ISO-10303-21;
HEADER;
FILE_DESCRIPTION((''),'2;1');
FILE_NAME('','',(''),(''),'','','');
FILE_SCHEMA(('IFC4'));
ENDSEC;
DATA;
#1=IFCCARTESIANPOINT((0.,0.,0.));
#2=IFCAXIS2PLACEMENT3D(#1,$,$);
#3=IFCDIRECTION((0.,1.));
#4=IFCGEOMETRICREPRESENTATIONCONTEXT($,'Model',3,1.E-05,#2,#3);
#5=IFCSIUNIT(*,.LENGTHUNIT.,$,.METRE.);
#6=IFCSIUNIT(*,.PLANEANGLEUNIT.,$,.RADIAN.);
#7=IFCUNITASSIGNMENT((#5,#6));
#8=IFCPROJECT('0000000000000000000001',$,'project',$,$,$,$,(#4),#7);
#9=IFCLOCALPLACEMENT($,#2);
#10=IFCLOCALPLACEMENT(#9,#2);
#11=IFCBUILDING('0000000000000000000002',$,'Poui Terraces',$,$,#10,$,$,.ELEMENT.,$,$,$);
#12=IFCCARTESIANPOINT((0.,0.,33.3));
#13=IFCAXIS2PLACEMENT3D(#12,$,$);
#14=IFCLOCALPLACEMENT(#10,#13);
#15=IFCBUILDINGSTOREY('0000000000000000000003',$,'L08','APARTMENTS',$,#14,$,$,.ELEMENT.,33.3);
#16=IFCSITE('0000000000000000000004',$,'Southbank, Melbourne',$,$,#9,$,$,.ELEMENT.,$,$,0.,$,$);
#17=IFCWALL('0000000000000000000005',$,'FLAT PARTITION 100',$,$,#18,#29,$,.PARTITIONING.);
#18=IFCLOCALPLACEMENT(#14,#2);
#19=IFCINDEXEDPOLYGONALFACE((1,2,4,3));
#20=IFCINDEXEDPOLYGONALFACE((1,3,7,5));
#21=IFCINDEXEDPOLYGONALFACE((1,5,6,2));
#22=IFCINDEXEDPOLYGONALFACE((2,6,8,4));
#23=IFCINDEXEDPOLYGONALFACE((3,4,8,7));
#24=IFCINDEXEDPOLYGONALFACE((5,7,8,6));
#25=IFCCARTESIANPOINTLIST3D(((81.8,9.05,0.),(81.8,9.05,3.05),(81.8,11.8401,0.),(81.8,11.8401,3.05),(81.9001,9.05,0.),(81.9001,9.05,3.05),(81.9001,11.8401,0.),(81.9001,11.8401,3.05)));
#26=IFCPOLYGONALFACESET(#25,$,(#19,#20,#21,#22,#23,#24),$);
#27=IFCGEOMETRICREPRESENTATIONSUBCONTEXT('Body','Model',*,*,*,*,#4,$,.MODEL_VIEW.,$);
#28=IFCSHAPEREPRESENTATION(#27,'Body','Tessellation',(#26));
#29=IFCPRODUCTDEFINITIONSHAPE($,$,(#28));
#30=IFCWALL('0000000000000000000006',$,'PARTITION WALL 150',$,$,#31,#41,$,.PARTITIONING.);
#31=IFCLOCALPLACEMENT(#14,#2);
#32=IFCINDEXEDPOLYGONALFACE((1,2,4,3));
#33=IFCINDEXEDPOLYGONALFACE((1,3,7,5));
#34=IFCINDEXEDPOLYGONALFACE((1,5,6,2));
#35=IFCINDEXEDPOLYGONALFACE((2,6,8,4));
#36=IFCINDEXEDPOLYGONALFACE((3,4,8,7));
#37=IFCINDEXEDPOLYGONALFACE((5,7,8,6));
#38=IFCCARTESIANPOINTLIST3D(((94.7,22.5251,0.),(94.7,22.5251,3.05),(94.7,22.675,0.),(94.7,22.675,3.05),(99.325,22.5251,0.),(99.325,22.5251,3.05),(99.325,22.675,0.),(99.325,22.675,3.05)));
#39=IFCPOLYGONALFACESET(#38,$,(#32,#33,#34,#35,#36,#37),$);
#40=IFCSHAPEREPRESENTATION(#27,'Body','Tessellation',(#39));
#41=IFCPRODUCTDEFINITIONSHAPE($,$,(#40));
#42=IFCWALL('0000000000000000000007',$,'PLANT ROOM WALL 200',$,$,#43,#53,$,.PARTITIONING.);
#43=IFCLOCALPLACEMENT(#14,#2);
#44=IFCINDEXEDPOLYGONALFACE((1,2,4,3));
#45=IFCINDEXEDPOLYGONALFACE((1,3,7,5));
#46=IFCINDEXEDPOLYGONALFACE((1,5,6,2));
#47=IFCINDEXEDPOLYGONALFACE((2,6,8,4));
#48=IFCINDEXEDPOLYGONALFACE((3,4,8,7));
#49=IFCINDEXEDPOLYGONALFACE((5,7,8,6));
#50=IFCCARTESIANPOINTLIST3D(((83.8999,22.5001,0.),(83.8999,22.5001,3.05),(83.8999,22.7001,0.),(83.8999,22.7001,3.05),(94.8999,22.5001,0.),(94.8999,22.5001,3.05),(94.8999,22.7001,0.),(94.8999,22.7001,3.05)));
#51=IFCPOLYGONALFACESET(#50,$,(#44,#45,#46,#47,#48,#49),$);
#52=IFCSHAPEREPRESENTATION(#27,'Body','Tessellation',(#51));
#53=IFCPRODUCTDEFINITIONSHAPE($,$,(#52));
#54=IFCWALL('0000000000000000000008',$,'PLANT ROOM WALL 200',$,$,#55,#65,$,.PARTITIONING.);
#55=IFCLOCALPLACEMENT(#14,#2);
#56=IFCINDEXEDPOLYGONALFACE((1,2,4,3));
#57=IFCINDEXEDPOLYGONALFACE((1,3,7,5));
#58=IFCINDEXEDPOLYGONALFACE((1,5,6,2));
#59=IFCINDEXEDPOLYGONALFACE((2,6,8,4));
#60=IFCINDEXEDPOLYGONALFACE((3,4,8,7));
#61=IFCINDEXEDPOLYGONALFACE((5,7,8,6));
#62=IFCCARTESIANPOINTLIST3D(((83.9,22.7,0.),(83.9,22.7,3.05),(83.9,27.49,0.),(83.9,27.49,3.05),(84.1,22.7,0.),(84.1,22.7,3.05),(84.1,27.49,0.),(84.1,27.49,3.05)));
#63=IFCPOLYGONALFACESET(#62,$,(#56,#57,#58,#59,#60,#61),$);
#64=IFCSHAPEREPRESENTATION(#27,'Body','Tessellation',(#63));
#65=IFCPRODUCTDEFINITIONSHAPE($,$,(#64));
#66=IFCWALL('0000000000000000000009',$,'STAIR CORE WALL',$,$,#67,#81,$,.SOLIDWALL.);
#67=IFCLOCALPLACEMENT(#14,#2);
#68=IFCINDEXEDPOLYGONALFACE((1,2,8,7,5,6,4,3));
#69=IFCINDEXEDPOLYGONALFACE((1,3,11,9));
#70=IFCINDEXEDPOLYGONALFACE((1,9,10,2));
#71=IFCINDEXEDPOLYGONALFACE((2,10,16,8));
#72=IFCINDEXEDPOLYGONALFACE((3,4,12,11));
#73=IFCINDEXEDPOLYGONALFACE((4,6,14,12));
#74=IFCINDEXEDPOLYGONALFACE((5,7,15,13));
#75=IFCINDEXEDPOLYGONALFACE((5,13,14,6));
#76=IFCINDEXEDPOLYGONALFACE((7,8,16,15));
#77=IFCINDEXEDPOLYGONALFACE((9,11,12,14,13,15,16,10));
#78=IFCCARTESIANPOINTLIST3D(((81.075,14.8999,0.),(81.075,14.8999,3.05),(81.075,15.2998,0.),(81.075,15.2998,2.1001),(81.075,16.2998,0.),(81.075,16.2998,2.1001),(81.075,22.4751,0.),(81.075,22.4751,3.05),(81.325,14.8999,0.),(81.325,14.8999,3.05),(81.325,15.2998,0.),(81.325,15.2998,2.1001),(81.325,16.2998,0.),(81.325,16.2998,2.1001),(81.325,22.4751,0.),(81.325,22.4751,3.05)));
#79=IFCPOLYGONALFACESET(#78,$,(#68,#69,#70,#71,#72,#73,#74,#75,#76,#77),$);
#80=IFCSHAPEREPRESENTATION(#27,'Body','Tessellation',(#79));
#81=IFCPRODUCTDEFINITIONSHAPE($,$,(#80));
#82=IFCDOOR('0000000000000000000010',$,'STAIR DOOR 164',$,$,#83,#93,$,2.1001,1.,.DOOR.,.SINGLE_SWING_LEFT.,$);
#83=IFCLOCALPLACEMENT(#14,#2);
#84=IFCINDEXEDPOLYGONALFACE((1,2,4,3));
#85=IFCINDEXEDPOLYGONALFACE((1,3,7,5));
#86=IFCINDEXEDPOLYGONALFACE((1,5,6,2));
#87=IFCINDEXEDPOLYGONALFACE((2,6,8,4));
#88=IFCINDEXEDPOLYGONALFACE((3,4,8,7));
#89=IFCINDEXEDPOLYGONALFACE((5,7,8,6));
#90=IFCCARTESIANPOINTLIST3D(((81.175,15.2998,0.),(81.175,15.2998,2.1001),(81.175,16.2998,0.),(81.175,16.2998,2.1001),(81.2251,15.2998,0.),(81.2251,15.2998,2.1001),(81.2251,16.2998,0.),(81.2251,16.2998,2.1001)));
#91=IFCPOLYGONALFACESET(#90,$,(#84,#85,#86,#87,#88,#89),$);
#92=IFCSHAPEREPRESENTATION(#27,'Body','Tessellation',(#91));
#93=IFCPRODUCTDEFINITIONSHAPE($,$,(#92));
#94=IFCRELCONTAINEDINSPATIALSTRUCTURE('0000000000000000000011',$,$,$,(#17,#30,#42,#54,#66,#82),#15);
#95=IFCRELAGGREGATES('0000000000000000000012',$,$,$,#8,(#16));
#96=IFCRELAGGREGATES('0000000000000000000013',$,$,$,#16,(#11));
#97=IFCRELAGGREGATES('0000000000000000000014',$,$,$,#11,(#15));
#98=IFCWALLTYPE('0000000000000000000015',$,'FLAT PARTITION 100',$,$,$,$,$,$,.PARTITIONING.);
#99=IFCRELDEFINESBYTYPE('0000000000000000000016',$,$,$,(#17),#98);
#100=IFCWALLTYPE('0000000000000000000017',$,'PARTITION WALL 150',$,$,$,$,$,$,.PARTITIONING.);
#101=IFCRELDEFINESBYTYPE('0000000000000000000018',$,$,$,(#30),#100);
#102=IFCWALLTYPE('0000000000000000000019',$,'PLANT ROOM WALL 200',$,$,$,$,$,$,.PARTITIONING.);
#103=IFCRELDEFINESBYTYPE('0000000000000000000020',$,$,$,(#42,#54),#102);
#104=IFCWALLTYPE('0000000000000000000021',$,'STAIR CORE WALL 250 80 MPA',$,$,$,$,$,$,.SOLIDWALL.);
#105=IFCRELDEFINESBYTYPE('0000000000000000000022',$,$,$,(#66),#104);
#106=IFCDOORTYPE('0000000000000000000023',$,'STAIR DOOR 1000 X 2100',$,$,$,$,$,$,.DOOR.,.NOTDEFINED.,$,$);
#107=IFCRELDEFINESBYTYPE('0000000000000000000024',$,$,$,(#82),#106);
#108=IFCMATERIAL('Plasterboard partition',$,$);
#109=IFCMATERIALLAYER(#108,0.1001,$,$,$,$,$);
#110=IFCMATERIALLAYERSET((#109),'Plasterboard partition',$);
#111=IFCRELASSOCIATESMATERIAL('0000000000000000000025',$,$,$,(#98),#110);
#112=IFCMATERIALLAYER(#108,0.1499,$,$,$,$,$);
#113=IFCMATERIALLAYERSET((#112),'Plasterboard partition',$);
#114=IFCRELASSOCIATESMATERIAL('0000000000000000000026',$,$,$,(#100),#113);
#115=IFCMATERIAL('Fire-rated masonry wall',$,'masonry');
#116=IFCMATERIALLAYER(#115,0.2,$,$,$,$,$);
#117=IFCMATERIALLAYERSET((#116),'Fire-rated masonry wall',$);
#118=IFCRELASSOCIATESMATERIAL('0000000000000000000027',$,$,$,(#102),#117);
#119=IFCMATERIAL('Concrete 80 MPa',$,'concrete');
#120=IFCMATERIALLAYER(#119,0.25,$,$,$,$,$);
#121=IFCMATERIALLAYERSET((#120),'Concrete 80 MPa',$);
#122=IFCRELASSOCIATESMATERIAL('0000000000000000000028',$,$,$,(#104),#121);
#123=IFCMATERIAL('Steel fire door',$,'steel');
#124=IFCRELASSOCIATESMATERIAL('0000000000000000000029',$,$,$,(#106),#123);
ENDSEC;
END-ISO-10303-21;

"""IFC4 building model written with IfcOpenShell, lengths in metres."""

from ifc_helpers import new_model, si_unit, direction, frame, frame_2d, origin, place, context, subcontext, project, spatial, rectangle, extrude, material, layer, layer_set, type_object, element, fill, save


model = new_model("IFC4")

# Units and contexts
model_context = context("Model", 3, precision=1e-05, world=origin(), true_north=direction((0.0, 1.0)))
body_context = subcontext(model_context, "Body", "Model", "MODEL_VIEW")
ifc_project = project(units=[si_unit("LENGTHUNIT", "METRE"), si_unit("PLANEANGLEUNIT", "RADIAN")], contexts=[model_context])

# Site, building, storey
site_placement = place(None, origin())
site = spatial("IfcSite", under=ifc_project, at=site_placement, Name="Southbank, Melbourne", CompositionType="ELEMENT", RefElevation=0.0)
building_placement = place(site_placement, origin())
building = spatial("IfcBuilding", under=site, at=building_placement, Name="Poui Terraces", CompositionType="ELEMENT")
storey_placement = place(building_placement, frame((0.0, 0.0, 33.3)))
storey = spatial("IfcBuildingStorey", under=building, at=storey_placement, Name="L08", Description="APARTMENTS", CompositionType="ELEMENT", Elevation=33.3)

# Shared definitions
ifc_material_1 = material(Name="Concrete 80 MPa", Category="concrete")

# Shared definitions
ifc_material_2 = material(Name="Steel fire door", Category="steel")
ifc_material_3 = material(Name="Plasterboard partition")
ifc_layer_1 = layer(ifc_material_3, 0.1001)
ifc_layer_set_1 = layer_set([ifc_layer_1], Name="Plasterboard partition")
wall_type_1 = type_object("IfcWallType", Name="FLAT PARTITION 100", PredefinedType="PARTITIONING", material=ifc_layer_set_1)

# Walls
wall_1_placement = place(storey_placement, frame((81.8501, 9.05, 0.0), z_axis=(0.0, 0.0, 1.0), x_axis=(0.0, 1.0, 0.0)))
element("IfcWall", 1, at=wall_1_placement, inside=storey, type_object=wall_type_1, Name="FLAT PARTITION 100", PredefinedType="PARTITIONING", context=body_context, shape_type="SweptSolid", body=[
    extrude(rectangle(XDim=2.79, YDim=0.1001, at=frame_2d((1.395, 0.0))), origin(), (0.0, 0.0, 1.0), 3.05),
])
ifc_layer_2 = layer(ifc_material_3, 0.1499)
ifc_layer_set_2 = layer_set([ifc_layer_2], Name="Plasterboard partition")
wall_type_2 = type_object("IfcWallType", Name="PARTITION WALL 150", PredefinedType="PARTITIONING", material=ifc_layer_set_2)
wall_2_placement = place(storey_placement, frame((94.7, 22.6001, 0.0), z_axis=(0.0, 0.0, 1.0), x_axis=(1.0, 0.0, 0.0)))
element("IfcWall", 2, at=wall_2_placement, inside=storey, type_object=wall_type_2, Name="PARTITION WALL 150", PredefinedType="PARTITIONING", context=body_context, shape_type="SweptSolid", body=[
    extrude(rectangle(XDim=4.625, YDim=0.1499, at=frame_2d((2.3125, 0.0))), origin(), (0.0, 0.0, 1.0), 3.05),
])
ifc_material_4 = material(Name="Fire-rated masonry wall", Category="masonry")
ifc_layer_3 = layer(ifc_material_4, 0.2)
ifc_layer_set_3 = layer_set([ifc_layer_3], Name="Fire-rated masonry wall")
wall_type_3 = type_object("IfcWallType", Name="PLANT ROOM WALL 200", PredefinedType="PARTITIONING", material=ifc_layer_set_3)
wall_3_placement = place(storey_placement, frame((83.8999, 22.6001, 0.0), z_axis=(0.0, 0.0, 1.0), x_axis=(1.0, 0.0, 0.0)))
element("IfcWall", 3, at=wall_3_placement, inside=storey, type_object=wall_type_3, Name="PLANT ROOM WALL 200", PredefinedType="PARTITIONING", context=body_context, shape_type="SweptSolid", body=[
    extrude(rectangle(XDim=11.0, YDim=0.2, at=frame_2d((5.5, 0.0))), origin(), (0.0, 0.0, 1.0), 3.05),
])
wall_4_placement = place(storey_placement, frame((84.0, 22.7, 0.0), z_axis=(0.0, 0.0, 1.0), x_axis=(0.0, 1.0, 0.0)))
element("IfcWall", 4, at=wall_4_placement, inside=storey, type_object=wall_type_3, Name="PLANT ROOM WALL 200", PredefinedType="PARTITIONING", context=body_context, shape_type="SweptSolid", body=[
    extrude(rectangle(XDim=4.79, YDim=0.2, at=frame_2d((2.395, 0.0))), origin(), (0.0, 0.0, 1.0), 3.05),
])

# Wall, opening, door
ifc_layer_4 = layer(ifc_material_1, 0.25)
ifc_layer_set_4 = layer_set([ifc_layer_4], Name="Concrete 80 MPa")
wall_type_4 = type_object("IfcWallType", Name="STAIR CORE WALL 250 80 MPA", PredefinedType="SOLIDWALL", material=ifc_layer_set_4)
wall_5_placement = place(storey_placement, frame((81.2, 14.8999, 0.0), z_axis=(0.0, 0.0, 1.0), x_axis=(0.0, 1.0, 0.0)))
wall_5 = element("IfcWall", 5, at=wall_5_placement, inside=storey, type_object=wall_type_4, Name="STAIR CORE WALL", PredefinedType="SOLIDWALL", context=body_context, shape_type="SweptSolid", body=[
    extrude(rectangle(XDim=7.5752, YDim=0.25, at=frame_2d((3.7876, 0.0))), origin(), (0.0, 0.0, 1.0), 3.05),
])
opening_1_placement = place(wall_5_placement, frame((0.3999, 0.0, 0.0)))
opening_1 = element("IfcOpeningElement", 6, at=opening_1_placement, cuts=wall_5, PredefinedType="OPENING", context=body_context, shape_type="SweptSolid", body=[
    extrude(rectangle(XDim=1.0, YDim=2.1001, at=frame_2d((0.5, 1.05))), frame((0.0, 0.135, 0.0), z_axis=(0.0, -1.0, 0.0), x_axis=(1.0, 0.0, 0.0)), (0.0, 0.0, 1.0), 0.27),
])
door_type_1 = type_object("IfcDoorType", Name="STAIR DOOR 1000 X 2100", OperationType="NOTDEFINED", PredefinedType="DOOR", material=ifc_material_2)
door_1_placement = place(opening_1_placement, origin())
door_1 = element("IfcDoor", 7, at=door_1_placement, inside=storey, type_object=door_type_1, Name="STAIR DOOR 164", OperationType="SINGLE_SWING_LEFT", OverallHeight=2.1001, OverallWidth=1.0, PredefinedType="DOOR", context=body_context, shape_type="SweptSolid", body=[
    extrude(rectangle(XDim=1.0, YDim=2.1001, at=frame_2d((0.5, 1.05))), frame((0.0, 0.0249, 0.0), z_axis=(0.0, -1.0, 0.0), x_axis=(1.0, 0.0, 0.0)), (0.0, 0.0, 1.0), 0.05),
])
fill(opening_1, door_1)

save(model, "model.ifc")
